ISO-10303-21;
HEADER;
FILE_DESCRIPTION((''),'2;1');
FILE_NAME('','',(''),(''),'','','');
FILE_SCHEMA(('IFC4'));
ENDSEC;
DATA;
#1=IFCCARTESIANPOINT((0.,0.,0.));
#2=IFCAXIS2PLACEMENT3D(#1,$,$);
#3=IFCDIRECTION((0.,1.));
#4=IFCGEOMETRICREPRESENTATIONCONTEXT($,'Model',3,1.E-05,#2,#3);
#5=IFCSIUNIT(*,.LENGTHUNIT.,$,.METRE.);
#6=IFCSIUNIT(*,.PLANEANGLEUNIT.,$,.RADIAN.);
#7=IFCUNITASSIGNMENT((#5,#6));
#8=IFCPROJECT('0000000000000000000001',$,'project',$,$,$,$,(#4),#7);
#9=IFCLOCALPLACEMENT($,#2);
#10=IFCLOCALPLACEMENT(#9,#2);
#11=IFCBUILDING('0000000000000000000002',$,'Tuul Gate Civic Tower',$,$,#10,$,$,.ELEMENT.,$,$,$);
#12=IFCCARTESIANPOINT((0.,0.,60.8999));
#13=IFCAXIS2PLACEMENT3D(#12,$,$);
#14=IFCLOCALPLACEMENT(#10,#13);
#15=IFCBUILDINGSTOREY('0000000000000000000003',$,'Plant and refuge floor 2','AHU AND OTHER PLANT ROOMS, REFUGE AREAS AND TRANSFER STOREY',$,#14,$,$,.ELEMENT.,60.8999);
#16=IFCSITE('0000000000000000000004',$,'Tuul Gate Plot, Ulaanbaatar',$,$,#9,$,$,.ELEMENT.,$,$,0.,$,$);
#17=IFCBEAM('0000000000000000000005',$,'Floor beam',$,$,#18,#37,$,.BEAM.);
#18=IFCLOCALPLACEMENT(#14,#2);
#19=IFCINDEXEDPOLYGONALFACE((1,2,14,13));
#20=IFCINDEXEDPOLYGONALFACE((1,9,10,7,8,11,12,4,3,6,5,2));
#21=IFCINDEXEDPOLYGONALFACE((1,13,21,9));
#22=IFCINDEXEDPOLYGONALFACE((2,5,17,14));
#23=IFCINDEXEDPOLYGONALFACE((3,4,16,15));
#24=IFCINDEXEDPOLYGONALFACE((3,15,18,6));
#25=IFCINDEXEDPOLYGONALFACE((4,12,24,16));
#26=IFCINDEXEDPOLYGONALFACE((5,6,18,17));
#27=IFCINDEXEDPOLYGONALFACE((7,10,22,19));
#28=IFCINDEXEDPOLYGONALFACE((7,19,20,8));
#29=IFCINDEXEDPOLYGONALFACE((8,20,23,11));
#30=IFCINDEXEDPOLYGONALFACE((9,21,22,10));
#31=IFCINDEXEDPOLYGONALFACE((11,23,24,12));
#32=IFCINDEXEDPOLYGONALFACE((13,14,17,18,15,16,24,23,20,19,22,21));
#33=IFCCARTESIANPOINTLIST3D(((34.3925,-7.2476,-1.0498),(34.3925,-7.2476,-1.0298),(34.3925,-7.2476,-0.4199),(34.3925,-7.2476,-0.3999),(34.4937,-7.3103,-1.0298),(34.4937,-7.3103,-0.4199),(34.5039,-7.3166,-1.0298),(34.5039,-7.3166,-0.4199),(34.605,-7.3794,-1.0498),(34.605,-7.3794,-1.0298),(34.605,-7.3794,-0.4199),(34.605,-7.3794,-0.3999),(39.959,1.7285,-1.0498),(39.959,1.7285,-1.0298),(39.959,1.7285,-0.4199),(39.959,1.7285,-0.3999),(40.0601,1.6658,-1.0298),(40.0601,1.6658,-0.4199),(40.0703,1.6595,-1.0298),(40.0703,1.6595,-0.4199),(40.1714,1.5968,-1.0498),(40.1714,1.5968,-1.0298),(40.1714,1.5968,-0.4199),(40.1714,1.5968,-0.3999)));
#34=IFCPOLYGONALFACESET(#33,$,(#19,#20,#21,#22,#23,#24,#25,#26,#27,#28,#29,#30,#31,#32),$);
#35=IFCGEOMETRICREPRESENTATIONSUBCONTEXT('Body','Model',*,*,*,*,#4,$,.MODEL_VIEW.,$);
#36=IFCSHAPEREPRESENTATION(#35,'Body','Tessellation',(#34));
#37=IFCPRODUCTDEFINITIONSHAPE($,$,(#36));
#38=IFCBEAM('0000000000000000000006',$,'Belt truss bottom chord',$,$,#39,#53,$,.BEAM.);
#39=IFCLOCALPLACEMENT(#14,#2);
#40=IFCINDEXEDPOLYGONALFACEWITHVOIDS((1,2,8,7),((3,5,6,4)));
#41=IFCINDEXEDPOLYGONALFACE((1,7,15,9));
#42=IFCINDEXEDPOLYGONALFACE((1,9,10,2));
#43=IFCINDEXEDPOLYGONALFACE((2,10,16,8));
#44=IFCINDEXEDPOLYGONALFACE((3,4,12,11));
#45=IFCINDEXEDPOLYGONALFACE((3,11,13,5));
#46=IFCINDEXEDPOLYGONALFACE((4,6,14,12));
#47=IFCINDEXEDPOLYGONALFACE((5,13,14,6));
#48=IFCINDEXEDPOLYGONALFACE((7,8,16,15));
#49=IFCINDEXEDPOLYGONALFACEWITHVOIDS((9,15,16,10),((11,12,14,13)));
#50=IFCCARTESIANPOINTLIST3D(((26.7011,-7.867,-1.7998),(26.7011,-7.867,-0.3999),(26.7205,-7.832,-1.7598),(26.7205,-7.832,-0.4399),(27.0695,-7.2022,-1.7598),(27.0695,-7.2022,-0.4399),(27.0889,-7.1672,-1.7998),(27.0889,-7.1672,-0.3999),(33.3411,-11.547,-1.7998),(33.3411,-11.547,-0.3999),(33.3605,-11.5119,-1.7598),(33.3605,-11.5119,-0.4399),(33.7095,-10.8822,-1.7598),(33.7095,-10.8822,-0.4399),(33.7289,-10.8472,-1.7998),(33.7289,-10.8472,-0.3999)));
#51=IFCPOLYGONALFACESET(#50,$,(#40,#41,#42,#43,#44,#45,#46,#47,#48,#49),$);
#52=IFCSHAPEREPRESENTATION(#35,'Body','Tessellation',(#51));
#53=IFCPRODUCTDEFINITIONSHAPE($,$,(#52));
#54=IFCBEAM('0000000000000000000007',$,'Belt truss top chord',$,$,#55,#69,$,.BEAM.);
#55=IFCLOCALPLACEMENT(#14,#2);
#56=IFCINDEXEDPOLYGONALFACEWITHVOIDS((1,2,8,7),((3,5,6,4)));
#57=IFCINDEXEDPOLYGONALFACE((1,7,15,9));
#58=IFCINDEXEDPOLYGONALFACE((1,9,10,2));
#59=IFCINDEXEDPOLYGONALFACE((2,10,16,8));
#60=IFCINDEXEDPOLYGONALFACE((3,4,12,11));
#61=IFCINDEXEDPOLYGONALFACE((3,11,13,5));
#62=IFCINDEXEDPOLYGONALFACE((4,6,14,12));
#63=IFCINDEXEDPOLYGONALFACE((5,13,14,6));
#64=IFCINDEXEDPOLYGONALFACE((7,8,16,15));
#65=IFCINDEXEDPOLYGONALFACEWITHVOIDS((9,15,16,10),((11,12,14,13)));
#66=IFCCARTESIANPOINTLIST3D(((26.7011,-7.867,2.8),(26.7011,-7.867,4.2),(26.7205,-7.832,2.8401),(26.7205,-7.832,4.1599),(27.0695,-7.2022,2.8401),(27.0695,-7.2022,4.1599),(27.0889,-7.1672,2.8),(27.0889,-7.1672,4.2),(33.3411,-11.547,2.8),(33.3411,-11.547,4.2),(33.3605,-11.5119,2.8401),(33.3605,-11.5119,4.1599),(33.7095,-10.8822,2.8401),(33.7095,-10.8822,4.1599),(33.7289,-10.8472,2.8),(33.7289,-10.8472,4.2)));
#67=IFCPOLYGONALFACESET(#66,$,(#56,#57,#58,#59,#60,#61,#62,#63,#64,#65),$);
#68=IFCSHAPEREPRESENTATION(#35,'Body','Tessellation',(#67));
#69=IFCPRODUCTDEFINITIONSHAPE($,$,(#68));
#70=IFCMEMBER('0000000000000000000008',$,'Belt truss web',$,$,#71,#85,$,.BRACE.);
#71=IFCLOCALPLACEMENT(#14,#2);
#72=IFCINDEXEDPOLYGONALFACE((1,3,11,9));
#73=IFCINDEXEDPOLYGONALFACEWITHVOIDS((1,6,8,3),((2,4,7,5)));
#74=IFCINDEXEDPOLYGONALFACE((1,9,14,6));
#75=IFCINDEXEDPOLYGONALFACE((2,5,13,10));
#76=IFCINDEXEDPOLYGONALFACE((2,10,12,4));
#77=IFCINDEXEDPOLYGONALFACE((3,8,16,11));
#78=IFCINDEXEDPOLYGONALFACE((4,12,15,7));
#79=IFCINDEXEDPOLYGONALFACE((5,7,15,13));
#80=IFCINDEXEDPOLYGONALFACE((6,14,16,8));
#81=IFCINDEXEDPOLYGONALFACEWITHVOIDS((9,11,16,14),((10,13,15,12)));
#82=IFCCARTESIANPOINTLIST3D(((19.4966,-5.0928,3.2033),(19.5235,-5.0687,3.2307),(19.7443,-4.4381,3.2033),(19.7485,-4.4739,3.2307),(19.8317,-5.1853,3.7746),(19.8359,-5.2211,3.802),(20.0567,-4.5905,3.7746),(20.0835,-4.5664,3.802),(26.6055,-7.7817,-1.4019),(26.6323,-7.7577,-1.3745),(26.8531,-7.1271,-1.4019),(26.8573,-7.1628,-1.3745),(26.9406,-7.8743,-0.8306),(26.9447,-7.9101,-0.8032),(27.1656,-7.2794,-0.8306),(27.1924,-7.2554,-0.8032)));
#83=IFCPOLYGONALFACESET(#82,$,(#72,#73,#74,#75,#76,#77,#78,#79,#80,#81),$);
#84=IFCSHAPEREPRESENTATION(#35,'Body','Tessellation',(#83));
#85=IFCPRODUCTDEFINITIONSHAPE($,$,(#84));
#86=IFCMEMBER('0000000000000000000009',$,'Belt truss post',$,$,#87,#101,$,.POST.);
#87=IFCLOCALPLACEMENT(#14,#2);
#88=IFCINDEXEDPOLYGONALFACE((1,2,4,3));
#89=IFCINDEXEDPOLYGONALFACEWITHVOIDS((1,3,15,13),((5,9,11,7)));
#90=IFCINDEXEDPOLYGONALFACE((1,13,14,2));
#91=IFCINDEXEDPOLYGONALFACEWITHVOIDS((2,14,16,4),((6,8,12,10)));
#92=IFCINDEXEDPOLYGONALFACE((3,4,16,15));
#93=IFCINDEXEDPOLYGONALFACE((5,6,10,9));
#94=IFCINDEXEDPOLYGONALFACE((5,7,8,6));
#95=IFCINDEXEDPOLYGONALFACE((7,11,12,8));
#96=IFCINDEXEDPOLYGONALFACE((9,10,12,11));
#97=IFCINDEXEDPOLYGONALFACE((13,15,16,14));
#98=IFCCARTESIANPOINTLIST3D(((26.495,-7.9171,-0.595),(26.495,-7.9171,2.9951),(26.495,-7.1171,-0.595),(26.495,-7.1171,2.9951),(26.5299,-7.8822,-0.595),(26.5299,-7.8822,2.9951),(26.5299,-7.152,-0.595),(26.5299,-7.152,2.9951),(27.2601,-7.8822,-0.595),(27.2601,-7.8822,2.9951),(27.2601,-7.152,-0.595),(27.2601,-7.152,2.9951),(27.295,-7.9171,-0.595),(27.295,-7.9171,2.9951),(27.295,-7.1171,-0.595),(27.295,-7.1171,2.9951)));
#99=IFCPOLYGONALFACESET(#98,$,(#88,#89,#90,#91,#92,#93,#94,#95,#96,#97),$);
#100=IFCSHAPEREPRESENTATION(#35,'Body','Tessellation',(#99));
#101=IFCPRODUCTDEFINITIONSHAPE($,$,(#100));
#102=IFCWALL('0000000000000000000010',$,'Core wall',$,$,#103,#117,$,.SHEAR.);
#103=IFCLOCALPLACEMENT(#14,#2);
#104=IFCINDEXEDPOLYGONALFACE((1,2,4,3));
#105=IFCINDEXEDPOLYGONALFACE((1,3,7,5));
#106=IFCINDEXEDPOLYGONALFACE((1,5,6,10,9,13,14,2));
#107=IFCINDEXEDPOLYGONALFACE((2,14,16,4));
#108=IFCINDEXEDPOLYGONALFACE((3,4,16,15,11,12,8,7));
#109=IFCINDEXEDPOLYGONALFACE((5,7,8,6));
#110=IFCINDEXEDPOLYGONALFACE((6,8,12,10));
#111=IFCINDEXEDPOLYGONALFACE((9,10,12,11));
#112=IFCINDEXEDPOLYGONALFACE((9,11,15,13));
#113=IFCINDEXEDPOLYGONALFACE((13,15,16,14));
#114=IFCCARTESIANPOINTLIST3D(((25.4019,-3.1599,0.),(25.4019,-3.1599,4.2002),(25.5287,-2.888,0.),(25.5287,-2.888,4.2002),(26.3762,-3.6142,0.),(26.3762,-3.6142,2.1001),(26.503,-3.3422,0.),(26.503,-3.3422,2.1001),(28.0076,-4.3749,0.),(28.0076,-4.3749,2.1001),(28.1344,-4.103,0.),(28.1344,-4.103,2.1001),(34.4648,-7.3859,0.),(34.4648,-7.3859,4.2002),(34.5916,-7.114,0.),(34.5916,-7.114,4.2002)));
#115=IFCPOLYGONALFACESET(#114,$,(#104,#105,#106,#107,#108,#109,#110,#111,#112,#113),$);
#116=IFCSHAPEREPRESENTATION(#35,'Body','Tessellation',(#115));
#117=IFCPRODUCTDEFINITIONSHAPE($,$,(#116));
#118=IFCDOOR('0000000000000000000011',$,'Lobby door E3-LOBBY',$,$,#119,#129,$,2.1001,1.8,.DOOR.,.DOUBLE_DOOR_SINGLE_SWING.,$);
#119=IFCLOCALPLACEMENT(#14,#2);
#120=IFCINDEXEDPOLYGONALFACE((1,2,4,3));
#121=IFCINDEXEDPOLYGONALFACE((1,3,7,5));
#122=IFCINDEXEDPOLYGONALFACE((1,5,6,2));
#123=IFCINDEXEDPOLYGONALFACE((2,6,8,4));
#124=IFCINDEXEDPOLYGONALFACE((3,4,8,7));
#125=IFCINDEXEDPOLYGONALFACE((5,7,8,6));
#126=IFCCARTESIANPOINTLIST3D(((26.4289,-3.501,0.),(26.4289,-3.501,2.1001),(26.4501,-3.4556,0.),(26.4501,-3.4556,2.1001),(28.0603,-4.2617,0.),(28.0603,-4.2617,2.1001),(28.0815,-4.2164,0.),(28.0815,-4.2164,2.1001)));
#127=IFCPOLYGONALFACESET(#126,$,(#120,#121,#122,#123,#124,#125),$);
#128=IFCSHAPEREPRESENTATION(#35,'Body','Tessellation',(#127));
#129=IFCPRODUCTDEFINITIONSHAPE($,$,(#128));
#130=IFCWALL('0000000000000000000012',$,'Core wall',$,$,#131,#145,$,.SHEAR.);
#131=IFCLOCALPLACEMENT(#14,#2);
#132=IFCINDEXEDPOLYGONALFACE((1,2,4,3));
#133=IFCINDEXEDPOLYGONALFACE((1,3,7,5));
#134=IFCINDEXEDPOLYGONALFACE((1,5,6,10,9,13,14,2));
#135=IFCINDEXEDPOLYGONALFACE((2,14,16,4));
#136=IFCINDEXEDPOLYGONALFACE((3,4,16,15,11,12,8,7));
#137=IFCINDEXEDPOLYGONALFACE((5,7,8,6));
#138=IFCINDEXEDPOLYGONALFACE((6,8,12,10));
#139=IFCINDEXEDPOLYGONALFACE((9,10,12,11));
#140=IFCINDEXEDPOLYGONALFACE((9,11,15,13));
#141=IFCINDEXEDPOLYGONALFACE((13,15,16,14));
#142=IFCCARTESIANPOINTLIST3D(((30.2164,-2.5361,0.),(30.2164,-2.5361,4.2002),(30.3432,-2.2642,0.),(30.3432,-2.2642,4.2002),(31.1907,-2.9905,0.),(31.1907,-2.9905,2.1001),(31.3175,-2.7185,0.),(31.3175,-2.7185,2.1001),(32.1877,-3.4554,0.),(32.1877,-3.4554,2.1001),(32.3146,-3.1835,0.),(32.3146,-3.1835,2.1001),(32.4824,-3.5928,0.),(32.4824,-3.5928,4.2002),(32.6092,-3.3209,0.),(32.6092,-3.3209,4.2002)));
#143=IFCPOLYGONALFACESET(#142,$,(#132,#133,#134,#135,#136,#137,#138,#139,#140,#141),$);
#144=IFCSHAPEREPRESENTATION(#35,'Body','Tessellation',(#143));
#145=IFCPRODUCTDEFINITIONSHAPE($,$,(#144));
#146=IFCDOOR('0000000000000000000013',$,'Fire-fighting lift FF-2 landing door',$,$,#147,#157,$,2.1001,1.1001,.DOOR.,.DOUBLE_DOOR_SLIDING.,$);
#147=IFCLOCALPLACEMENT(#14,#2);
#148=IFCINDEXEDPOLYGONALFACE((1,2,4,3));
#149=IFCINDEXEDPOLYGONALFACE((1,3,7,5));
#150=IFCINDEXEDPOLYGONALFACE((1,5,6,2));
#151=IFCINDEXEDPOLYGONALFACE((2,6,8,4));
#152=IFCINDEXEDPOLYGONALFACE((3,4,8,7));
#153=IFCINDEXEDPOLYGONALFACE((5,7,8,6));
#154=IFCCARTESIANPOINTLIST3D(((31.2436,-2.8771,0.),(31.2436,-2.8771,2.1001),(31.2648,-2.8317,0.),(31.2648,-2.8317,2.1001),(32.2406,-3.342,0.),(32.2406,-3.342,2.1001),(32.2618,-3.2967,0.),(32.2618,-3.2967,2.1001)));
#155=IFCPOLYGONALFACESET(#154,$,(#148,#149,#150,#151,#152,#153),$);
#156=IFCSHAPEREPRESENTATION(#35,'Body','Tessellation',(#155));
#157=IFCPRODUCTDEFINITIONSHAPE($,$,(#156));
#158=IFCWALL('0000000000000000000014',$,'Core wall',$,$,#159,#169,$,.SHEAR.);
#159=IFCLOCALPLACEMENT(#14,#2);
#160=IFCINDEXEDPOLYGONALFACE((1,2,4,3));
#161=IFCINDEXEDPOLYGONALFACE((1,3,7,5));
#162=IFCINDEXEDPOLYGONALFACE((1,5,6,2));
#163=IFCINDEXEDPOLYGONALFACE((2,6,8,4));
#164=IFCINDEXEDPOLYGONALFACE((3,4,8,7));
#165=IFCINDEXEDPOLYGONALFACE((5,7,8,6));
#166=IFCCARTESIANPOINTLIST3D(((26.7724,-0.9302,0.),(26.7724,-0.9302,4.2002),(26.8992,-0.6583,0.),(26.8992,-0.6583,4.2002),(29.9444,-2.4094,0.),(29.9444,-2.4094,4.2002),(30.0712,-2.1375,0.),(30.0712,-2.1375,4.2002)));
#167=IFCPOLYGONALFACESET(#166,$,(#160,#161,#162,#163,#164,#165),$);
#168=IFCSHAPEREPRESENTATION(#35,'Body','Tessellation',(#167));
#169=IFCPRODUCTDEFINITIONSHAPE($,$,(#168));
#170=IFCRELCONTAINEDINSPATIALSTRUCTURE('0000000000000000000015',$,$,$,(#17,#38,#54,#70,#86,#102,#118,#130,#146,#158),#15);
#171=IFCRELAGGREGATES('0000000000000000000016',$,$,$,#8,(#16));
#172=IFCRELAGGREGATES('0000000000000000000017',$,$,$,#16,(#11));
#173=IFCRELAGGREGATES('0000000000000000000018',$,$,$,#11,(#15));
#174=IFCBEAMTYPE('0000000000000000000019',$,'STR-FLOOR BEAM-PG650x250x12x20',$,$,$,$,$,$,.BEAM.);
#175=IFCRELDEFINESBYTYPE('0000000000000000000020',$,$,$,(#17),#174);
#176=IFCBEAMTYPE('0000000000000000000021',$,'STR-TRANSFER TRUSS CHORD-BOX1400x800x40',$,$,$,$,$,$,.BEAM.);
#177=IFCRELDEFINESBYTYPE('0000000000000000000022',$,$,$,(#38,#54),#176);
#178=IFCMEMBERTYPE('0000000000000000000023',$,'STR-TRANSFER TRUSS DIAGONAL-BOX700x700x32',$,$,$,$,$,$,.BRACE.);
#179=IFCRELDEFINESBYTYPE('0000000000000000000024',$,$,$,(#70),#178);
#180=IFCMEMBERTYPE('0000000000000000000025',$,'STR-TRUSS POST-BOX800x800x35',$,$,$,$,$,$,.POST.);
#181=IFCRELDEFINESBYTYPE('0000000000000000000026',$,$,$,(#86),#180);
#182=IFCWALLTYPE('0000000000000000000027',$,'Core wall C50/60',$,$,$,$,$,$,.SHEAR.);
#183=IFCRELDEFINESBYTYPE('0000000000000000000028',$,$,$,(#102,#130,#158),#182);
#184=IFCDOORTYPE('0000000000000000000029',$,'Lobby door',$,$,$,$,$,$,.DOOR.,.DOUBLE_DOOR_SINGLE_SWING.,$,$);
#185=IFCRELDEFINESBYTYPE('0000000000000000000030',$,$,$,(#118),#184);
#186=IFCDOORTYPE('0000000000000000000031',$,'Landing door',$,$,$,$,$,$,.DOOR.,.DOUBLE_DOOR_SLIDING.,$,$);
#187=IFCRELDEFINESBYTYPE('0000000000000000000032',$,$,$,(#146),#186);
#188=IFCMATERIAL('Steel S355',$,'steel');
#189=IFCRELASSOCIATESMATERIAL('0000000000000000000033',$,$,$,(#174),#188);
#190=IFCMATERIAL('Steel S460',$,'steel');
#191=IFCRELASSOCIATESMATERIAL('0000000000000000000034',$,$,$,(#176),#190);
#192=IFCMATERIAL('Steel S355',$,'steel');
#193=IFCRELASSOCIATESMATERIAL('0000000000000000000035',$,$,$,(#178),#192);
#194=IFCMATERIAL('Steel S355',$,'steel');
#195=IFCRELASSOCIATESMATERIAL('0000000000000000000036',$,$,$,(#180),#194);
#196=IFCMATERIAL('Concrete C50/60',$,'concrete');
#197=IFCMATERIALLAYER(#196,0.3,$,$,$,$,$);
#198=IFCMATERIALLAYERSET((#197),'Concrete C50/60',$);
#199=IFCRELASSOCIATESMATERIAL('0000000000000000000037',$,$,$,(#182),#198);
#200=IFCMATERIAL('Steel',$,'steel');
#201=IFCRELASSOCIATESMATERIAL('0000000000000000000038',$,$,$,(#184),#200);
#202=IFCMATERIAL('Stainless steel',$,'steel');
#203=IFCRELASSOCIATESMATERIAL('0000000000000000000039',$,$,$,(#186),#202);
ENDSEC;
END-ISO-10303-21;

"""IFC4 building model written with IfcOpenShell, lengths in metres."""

from ifc_helpers import new_model, si_unit, direction, frame, frame_2d, origin, origin_2d, place, context, subcontext, project, spatial, rectangle, hollow_rectangle, i_section, extrude, material, layer, layer_set, material_profile, profile_set, type_object, element, fill, save


model = new_model("IFC4")

# Units and contexts
model_context = context("Model", 3, precision=1e-05, world=origin(), true_north=direction((0.0, 1.0)))
body_context = subcontext(model_context, "Body", "Model", "MODEL_VIEW")
ifc_project = project(units=[si_unit("LENGTHUNIT", "METRE"), si_unit("PLANEANGLEUNIT", "RADIAN")], contexts=[model_context])

# Site, building, storey
site_placement = place(None, origin())
site = spatial("IfcSite", under=ifc_project, at=site_placement, Name="Tuul Gate Plot, Ulaanbaatar", CompositionType="ELEMENT", RefElevation=0.0)
building_placement = place(site_placement, origin())
building = spatial("IfcBuilding", under=site, at=building_placement, Name="Tuul Gate Civic Tower", CompositionType="ELEMENT")
storey_placement = place(building_placement, frame((0.0, 0.0, 60.8999)))
storey = spatial("IfcBuildingStorey", under=building, at=storey_placement, Name="Plant and refuge floor 2", Description="AHU AND OTHER PLANT ROOMS, REFUGE AREAS AND TRANSFER STOREY", CompositionType="ELEMENT", Elevation=60.8999)

# Beams
ifc_material_1 = material(Name="Steel S355", Category="steel")
ifc_material_profile_1 = material_profile(ifc_material_1, i_section(OverallWidth=0.25, OverallDepth=0.6499, WebThickness=0.012, FlangeThickness=0.02, at=origin_2d()), Name="PG650x250x12x20")
ifc_profile_set_1 = profile_set([ifc_material_profile_1], Name="Steel S355")
beam_type_1 = type_object("IfcBeamType", Name="STR-FLOOR BEAM-PG650x250x12x20", PredefinedType="BEAM", material=ifc_profile_set_1)
beam_placement = place(storey_placement, frame((34.4988, -7.3135, -0.7249), z_axis=(0.527024, 0.84985, 0.0), x_axis=(-0.84985, 0.527024, 0.0)))
element("IfcBeam", 1, at=beam_placement, inside=storey, type_object=beam_type_1, Name="Floor beam", PredefinedType="BEAM", context=body_context, shape_type="SweptSolid", body=[
    extrude(i_section(OverallWidth=0.25, OverallDepth=0.6499, WebThickness=0.012, FlangeThickness=0.02, at=origin_2d()), origin(), (0.0, 0.0, 1.0), 10.562),
])
ifc_material_2 = material(Name="Steel S460", Category="steel")
ifc_material_profile_2 = material_profile(ifc_material_2, hollow_rectangle(XDim=0.8, YDim=1.3999, WallThickness=0.04, at=origin_2d()), Name="BOX1400x800x40")
ifc_profile_set_2 = profile_set([ifc_material_profile_2], Name="Steel S460")
beam_type_2 = type_object("IfcBeamType", Name="STR-TRANSFER TRUSS CHORD-BOX1400x800x40", PredefinedType="BEAM", material=ifc_profile_set_2)
for number, where, z_axis, x_axis, name in (
    (2, (26.895, -7.5171, -1.0999), (0.874654, -0.484747, 0.0), (0.484747, 0.874654, 0.0), "Belt truss bottom chord"),
    (3, (26.895, -7.5171, 3.5), (0.874654, -0.484747, 0.0), (0.484747, 0.874654, 0.0), "Belt truss top chord"),
):
    element("IfcBeam", number, at=place(storey_placement, frame(where, z_axis=z_axis, x_axis=x_axis)), inside=storey, type_object=beam_type_2, Name=name, PredefinedType="BEAM", context=body_context, shape_type="SweptSolid", body=[
        extrude(hollow_rectangle(XDim=0.8, YDim=1.3999, WallThickness=0.04, at=origin_2d()), origin(), (0.0, 0.0, 1.0), 7.5916),
    ])

# Members
ifc_material_3 = material(Name="Steel S355", Category="steel")
ifc_material_profile_3 = material_profile(ifc_material_3, hollow_rectangle(XDim=0.7, YDim=0.7, WallThickness=0.032, at=origin_2d()), Name="BOX700x700x32")
ifc_profile_set_3 = profile_set([ifc_material_profile_3], Name="Steel S355")
member_type_1 = type_object("IfcMemberType", Name="STR-TRANSFER TRUSS DIAGONAL-BOX700x700x32", PredefinedType="BRACE", material=ifc_profile_set_3)
member_1_placement = place(storey_placement, frame((26.8989, -7.5186, -1.1025), z_axis=(-0.799939, 0.30258, 0.518211), x_axis=(-0.35379, -0.935325, 0.0)))
element("IfcMember", 4, at=member_1_placement, inside=storey, type_object=member_type_1, Name="Belt truss web", PredefinedType="BRACE", context=body_context, shape_type="SweptSolid", body=[
    extrude(hollow_rectangle(XDim=0.7, YDim=0.7, WallThickness=0.032, at=origin_2d()), origin(), (0.0, 0.0, 1.0), 8.8867),
])
ifc_material_4 = material(Name="Steel S355", Category="steel")
ifc_material_profile_4 = material_profile(ifc_material_4, hollow_rectangle(XDim=0.8, YDim=0.8, WallThickness=0.0349, at=origin_2d()), Name="BOX800x800x35")
ifc_profile_set_4 = profile_set([ifc_material_profile_4], Name="Steel S355")
member_type_2 = type_object("IfcMemberType", Name="STR-TRUSS POST-BOX800x800x35", PredefinedType="POST", material=ifc_profile_set_4)
member_2_placement = place(storey_placement, frame((26.895, -7.5171, -0.595), z_axis=(0.0, 0.0, 1.0), x_axis=(1.0, 0.0, 0.0)))
element("IfcMember", 5, at=member_2_placement, inside=storey, type_object=member_type_2, Name="Belt truss post", PredefinedType="POST", context=body_context, shape_type="SweptSolid", body=[
    extrude(hollow_rectangle(XDim=0.8, YDim=0.8, WallThickness=0.0349, at=origin_2d()), origin(), (0.0, 0.0, 1.0), 3.5901),
])

# Walls, openings, doors
ifc_material_5 = material(Name="Concrete C50/60", Category="concrete")
ifc_layer_1 = layer(ifc_material_5, 0.3)
ifc_layer_set_1 = layer_set([ifc_layer_1], Name="Concrete C50/60")
wall_type_1 = type_object("IfcWallType", Name="Core wall C50/60", PredefinedType="SHEAR", material=ifc_layer_set_1)
wall_1_placement = place(storey_placement, frame((34.5283, -7.25, 0.0), z_axis=(0.0, 0.0, 1.0), x_axis=(-0.90631, 0.422613, 0.0)))
wall_1 = element("IfcWall", 6, at=wall_1_placement, inside=storey, type_object=wall_type_1, Name="Core wall", PredefinedType="SHEAR", context=body_context, shape_type="SweptSolid", body=[
    extrude(rectangle(XDim=9.9998, YDim=0.3, at=frame_2d((5.0, 0.0))), origin(), (0.0, 0.0, 1.0), 4.2002),
])
opening_1_placement = place(wall_1_placement, frame((7.125, 0.0, 0.0)))
opening_1 = element("IfcOpeningElement", 7, at=opening_1_placement, cuts=wall_1, PredefinedType="OPENING", context=body_context, shape_type="SweptSolid", body=[
    extrude(rectangle(XDim=1.8, YDim=2.1001, at=frame_2d((0.8999, 1.05))), frame((0.0, 0.1602, 0.0), z_axis=(0.0, -1.0, 0.0), x_axis=(1.0, 0.0, 0.0)), (0.0, 0.0, 1.0), 0.3201),
])
ifc_material_6 = material(Name="Steel", Category="steel")
door_type_1 = type_object("IfcDoorType", Name="Lobby door", OperationType="DOUBLE_DOOR_SINGLE_SWING", PredefinedType="DOOR", material=ifc_material_6)
door_1_placement = place(opening_1_placement, frame((1.8, 0.0, 0.0), z_axis=(0.0, 0.0, 1.0), x_axis=(-1.0, 0.0, 0.0)))
door_1 = element("IfcDoor", 8, at=door_1_placement, inside=storey, type_object=door_type_1, Name="Lobby door E3-LOBBY", OperationType="DOUBLE_DOOR_SINGLE_SWING", OverallHeight=2.1001, OverallWidth=1.8, PredefinedType="DOOR", context=body_context, shape_type="SweptSolid", body=[
    extrude(rectangle(XDim=1.8, YDim=2.1001, at=frame_2d((0.9001, 1.05))), frame((0.0, 0.0249, 0.0), z_axis=(0.0, -1.0, 0.0), x_axis=(1.0, 0.0, 0.0)), (0.0, 0.0, 1.0), 0.05),
])
fill(opening_1, door_1)
wall_2_placement = place(storey_placement, frame((32.5457, -3.4568, 0.0), z_axis=(0.0, 0.0, 1.0), x_axis=(-0.9063, 0.422634, 0.0)))
wall_2 = element("IfcWall", 9, at=wall_2_placement, inside=storey, type_object=wall_type_1, Name="Core wall", PredefinedType="SHEAR", context=body_context, shape_type="SweptSolid", body=[
    extrude(rectangle(XDim=2.5002, YDim=0.3, at=frame_2d((1.25, 0.0))), origin(), (0.0, 0.0, 1.0), 4.2002),
])
opening_2_placement = place(wall_2_placement, frame((0.325, 0.0, 0.0)))
opening_2 = element("IfcOpeningElement", 10, at=opening_2_placement, cuts=wall_2, PredefinedType="OPENING", context=body_context, shape_type="SweptSolid", body=[
    extrude(rectangle(XDim=1.1001, YDim=2.1001, at=frame_2d((0.55, 1.05))), frame((0.0, 0.1602, 0.0), z_axis=(0.0, -1.0, 0.0), x_axis=(1.0, 0.0, 0.0)), (0.0, 0.0, 1.0), 0.3201),
])
ifc_material_7 = material(Name="Stainless steel", Category="steel")
door_type_2 = type_object("IfcDoorType", Name="Landing door", OperationType="DOUBLE_DOOR_SLIDING", PredefinedType="DOOR", material=ifc_material_7)
door_2_placement = place(opening_2_placement, origin())
door_2 = element("IfcDoor", 11, at=door_2_placement, inside=storey, type_object=door_type_2, Name="Fire-fighting lift FF-2 landing door", OperationType="DOUBLE_DOOR_SLIDING", OverallHeight=2.1001, OverallWidth=1.1001, PredefinedType="DOOR", context=body_context, shape_type="SweptSolid", body=[
    extrude(rectangle(XDim=1.1001, YDim=2.1001, at=frame_2d((0.55, 1.05))), frame((0.0, 0.0249, 0.0), z_axis=(0.0, -1.0, 0.0), x_axis=(1.0, 0.0, 0.0)), (0.0, 0.0, 1.0), 0.05),
])
fill(opening_2, door_2)

# Wall
wall_3_placement = place(storey_placement, frame((30.0078, -2.2734, 0.0), z_axis=(0.0, 0.0, 1.0), x_axis=(-0.906301, 0.422633, 0.0)))
element("IfcWall", 12, at=wall_3_placement, inside=storey, type_object=wall_type_1, Name="Core wall", PredefinedType="SHEAR", context=body_context, shape_type="SweptSolid", body=[
    extrude(rectangle(XDim=3.5, YDim=0.3, at=frame_2d((1.75, 0.0))), origin(), (0.0, 0.0, 1.0), 4.2002),
])

save(model, "model.ifc")
